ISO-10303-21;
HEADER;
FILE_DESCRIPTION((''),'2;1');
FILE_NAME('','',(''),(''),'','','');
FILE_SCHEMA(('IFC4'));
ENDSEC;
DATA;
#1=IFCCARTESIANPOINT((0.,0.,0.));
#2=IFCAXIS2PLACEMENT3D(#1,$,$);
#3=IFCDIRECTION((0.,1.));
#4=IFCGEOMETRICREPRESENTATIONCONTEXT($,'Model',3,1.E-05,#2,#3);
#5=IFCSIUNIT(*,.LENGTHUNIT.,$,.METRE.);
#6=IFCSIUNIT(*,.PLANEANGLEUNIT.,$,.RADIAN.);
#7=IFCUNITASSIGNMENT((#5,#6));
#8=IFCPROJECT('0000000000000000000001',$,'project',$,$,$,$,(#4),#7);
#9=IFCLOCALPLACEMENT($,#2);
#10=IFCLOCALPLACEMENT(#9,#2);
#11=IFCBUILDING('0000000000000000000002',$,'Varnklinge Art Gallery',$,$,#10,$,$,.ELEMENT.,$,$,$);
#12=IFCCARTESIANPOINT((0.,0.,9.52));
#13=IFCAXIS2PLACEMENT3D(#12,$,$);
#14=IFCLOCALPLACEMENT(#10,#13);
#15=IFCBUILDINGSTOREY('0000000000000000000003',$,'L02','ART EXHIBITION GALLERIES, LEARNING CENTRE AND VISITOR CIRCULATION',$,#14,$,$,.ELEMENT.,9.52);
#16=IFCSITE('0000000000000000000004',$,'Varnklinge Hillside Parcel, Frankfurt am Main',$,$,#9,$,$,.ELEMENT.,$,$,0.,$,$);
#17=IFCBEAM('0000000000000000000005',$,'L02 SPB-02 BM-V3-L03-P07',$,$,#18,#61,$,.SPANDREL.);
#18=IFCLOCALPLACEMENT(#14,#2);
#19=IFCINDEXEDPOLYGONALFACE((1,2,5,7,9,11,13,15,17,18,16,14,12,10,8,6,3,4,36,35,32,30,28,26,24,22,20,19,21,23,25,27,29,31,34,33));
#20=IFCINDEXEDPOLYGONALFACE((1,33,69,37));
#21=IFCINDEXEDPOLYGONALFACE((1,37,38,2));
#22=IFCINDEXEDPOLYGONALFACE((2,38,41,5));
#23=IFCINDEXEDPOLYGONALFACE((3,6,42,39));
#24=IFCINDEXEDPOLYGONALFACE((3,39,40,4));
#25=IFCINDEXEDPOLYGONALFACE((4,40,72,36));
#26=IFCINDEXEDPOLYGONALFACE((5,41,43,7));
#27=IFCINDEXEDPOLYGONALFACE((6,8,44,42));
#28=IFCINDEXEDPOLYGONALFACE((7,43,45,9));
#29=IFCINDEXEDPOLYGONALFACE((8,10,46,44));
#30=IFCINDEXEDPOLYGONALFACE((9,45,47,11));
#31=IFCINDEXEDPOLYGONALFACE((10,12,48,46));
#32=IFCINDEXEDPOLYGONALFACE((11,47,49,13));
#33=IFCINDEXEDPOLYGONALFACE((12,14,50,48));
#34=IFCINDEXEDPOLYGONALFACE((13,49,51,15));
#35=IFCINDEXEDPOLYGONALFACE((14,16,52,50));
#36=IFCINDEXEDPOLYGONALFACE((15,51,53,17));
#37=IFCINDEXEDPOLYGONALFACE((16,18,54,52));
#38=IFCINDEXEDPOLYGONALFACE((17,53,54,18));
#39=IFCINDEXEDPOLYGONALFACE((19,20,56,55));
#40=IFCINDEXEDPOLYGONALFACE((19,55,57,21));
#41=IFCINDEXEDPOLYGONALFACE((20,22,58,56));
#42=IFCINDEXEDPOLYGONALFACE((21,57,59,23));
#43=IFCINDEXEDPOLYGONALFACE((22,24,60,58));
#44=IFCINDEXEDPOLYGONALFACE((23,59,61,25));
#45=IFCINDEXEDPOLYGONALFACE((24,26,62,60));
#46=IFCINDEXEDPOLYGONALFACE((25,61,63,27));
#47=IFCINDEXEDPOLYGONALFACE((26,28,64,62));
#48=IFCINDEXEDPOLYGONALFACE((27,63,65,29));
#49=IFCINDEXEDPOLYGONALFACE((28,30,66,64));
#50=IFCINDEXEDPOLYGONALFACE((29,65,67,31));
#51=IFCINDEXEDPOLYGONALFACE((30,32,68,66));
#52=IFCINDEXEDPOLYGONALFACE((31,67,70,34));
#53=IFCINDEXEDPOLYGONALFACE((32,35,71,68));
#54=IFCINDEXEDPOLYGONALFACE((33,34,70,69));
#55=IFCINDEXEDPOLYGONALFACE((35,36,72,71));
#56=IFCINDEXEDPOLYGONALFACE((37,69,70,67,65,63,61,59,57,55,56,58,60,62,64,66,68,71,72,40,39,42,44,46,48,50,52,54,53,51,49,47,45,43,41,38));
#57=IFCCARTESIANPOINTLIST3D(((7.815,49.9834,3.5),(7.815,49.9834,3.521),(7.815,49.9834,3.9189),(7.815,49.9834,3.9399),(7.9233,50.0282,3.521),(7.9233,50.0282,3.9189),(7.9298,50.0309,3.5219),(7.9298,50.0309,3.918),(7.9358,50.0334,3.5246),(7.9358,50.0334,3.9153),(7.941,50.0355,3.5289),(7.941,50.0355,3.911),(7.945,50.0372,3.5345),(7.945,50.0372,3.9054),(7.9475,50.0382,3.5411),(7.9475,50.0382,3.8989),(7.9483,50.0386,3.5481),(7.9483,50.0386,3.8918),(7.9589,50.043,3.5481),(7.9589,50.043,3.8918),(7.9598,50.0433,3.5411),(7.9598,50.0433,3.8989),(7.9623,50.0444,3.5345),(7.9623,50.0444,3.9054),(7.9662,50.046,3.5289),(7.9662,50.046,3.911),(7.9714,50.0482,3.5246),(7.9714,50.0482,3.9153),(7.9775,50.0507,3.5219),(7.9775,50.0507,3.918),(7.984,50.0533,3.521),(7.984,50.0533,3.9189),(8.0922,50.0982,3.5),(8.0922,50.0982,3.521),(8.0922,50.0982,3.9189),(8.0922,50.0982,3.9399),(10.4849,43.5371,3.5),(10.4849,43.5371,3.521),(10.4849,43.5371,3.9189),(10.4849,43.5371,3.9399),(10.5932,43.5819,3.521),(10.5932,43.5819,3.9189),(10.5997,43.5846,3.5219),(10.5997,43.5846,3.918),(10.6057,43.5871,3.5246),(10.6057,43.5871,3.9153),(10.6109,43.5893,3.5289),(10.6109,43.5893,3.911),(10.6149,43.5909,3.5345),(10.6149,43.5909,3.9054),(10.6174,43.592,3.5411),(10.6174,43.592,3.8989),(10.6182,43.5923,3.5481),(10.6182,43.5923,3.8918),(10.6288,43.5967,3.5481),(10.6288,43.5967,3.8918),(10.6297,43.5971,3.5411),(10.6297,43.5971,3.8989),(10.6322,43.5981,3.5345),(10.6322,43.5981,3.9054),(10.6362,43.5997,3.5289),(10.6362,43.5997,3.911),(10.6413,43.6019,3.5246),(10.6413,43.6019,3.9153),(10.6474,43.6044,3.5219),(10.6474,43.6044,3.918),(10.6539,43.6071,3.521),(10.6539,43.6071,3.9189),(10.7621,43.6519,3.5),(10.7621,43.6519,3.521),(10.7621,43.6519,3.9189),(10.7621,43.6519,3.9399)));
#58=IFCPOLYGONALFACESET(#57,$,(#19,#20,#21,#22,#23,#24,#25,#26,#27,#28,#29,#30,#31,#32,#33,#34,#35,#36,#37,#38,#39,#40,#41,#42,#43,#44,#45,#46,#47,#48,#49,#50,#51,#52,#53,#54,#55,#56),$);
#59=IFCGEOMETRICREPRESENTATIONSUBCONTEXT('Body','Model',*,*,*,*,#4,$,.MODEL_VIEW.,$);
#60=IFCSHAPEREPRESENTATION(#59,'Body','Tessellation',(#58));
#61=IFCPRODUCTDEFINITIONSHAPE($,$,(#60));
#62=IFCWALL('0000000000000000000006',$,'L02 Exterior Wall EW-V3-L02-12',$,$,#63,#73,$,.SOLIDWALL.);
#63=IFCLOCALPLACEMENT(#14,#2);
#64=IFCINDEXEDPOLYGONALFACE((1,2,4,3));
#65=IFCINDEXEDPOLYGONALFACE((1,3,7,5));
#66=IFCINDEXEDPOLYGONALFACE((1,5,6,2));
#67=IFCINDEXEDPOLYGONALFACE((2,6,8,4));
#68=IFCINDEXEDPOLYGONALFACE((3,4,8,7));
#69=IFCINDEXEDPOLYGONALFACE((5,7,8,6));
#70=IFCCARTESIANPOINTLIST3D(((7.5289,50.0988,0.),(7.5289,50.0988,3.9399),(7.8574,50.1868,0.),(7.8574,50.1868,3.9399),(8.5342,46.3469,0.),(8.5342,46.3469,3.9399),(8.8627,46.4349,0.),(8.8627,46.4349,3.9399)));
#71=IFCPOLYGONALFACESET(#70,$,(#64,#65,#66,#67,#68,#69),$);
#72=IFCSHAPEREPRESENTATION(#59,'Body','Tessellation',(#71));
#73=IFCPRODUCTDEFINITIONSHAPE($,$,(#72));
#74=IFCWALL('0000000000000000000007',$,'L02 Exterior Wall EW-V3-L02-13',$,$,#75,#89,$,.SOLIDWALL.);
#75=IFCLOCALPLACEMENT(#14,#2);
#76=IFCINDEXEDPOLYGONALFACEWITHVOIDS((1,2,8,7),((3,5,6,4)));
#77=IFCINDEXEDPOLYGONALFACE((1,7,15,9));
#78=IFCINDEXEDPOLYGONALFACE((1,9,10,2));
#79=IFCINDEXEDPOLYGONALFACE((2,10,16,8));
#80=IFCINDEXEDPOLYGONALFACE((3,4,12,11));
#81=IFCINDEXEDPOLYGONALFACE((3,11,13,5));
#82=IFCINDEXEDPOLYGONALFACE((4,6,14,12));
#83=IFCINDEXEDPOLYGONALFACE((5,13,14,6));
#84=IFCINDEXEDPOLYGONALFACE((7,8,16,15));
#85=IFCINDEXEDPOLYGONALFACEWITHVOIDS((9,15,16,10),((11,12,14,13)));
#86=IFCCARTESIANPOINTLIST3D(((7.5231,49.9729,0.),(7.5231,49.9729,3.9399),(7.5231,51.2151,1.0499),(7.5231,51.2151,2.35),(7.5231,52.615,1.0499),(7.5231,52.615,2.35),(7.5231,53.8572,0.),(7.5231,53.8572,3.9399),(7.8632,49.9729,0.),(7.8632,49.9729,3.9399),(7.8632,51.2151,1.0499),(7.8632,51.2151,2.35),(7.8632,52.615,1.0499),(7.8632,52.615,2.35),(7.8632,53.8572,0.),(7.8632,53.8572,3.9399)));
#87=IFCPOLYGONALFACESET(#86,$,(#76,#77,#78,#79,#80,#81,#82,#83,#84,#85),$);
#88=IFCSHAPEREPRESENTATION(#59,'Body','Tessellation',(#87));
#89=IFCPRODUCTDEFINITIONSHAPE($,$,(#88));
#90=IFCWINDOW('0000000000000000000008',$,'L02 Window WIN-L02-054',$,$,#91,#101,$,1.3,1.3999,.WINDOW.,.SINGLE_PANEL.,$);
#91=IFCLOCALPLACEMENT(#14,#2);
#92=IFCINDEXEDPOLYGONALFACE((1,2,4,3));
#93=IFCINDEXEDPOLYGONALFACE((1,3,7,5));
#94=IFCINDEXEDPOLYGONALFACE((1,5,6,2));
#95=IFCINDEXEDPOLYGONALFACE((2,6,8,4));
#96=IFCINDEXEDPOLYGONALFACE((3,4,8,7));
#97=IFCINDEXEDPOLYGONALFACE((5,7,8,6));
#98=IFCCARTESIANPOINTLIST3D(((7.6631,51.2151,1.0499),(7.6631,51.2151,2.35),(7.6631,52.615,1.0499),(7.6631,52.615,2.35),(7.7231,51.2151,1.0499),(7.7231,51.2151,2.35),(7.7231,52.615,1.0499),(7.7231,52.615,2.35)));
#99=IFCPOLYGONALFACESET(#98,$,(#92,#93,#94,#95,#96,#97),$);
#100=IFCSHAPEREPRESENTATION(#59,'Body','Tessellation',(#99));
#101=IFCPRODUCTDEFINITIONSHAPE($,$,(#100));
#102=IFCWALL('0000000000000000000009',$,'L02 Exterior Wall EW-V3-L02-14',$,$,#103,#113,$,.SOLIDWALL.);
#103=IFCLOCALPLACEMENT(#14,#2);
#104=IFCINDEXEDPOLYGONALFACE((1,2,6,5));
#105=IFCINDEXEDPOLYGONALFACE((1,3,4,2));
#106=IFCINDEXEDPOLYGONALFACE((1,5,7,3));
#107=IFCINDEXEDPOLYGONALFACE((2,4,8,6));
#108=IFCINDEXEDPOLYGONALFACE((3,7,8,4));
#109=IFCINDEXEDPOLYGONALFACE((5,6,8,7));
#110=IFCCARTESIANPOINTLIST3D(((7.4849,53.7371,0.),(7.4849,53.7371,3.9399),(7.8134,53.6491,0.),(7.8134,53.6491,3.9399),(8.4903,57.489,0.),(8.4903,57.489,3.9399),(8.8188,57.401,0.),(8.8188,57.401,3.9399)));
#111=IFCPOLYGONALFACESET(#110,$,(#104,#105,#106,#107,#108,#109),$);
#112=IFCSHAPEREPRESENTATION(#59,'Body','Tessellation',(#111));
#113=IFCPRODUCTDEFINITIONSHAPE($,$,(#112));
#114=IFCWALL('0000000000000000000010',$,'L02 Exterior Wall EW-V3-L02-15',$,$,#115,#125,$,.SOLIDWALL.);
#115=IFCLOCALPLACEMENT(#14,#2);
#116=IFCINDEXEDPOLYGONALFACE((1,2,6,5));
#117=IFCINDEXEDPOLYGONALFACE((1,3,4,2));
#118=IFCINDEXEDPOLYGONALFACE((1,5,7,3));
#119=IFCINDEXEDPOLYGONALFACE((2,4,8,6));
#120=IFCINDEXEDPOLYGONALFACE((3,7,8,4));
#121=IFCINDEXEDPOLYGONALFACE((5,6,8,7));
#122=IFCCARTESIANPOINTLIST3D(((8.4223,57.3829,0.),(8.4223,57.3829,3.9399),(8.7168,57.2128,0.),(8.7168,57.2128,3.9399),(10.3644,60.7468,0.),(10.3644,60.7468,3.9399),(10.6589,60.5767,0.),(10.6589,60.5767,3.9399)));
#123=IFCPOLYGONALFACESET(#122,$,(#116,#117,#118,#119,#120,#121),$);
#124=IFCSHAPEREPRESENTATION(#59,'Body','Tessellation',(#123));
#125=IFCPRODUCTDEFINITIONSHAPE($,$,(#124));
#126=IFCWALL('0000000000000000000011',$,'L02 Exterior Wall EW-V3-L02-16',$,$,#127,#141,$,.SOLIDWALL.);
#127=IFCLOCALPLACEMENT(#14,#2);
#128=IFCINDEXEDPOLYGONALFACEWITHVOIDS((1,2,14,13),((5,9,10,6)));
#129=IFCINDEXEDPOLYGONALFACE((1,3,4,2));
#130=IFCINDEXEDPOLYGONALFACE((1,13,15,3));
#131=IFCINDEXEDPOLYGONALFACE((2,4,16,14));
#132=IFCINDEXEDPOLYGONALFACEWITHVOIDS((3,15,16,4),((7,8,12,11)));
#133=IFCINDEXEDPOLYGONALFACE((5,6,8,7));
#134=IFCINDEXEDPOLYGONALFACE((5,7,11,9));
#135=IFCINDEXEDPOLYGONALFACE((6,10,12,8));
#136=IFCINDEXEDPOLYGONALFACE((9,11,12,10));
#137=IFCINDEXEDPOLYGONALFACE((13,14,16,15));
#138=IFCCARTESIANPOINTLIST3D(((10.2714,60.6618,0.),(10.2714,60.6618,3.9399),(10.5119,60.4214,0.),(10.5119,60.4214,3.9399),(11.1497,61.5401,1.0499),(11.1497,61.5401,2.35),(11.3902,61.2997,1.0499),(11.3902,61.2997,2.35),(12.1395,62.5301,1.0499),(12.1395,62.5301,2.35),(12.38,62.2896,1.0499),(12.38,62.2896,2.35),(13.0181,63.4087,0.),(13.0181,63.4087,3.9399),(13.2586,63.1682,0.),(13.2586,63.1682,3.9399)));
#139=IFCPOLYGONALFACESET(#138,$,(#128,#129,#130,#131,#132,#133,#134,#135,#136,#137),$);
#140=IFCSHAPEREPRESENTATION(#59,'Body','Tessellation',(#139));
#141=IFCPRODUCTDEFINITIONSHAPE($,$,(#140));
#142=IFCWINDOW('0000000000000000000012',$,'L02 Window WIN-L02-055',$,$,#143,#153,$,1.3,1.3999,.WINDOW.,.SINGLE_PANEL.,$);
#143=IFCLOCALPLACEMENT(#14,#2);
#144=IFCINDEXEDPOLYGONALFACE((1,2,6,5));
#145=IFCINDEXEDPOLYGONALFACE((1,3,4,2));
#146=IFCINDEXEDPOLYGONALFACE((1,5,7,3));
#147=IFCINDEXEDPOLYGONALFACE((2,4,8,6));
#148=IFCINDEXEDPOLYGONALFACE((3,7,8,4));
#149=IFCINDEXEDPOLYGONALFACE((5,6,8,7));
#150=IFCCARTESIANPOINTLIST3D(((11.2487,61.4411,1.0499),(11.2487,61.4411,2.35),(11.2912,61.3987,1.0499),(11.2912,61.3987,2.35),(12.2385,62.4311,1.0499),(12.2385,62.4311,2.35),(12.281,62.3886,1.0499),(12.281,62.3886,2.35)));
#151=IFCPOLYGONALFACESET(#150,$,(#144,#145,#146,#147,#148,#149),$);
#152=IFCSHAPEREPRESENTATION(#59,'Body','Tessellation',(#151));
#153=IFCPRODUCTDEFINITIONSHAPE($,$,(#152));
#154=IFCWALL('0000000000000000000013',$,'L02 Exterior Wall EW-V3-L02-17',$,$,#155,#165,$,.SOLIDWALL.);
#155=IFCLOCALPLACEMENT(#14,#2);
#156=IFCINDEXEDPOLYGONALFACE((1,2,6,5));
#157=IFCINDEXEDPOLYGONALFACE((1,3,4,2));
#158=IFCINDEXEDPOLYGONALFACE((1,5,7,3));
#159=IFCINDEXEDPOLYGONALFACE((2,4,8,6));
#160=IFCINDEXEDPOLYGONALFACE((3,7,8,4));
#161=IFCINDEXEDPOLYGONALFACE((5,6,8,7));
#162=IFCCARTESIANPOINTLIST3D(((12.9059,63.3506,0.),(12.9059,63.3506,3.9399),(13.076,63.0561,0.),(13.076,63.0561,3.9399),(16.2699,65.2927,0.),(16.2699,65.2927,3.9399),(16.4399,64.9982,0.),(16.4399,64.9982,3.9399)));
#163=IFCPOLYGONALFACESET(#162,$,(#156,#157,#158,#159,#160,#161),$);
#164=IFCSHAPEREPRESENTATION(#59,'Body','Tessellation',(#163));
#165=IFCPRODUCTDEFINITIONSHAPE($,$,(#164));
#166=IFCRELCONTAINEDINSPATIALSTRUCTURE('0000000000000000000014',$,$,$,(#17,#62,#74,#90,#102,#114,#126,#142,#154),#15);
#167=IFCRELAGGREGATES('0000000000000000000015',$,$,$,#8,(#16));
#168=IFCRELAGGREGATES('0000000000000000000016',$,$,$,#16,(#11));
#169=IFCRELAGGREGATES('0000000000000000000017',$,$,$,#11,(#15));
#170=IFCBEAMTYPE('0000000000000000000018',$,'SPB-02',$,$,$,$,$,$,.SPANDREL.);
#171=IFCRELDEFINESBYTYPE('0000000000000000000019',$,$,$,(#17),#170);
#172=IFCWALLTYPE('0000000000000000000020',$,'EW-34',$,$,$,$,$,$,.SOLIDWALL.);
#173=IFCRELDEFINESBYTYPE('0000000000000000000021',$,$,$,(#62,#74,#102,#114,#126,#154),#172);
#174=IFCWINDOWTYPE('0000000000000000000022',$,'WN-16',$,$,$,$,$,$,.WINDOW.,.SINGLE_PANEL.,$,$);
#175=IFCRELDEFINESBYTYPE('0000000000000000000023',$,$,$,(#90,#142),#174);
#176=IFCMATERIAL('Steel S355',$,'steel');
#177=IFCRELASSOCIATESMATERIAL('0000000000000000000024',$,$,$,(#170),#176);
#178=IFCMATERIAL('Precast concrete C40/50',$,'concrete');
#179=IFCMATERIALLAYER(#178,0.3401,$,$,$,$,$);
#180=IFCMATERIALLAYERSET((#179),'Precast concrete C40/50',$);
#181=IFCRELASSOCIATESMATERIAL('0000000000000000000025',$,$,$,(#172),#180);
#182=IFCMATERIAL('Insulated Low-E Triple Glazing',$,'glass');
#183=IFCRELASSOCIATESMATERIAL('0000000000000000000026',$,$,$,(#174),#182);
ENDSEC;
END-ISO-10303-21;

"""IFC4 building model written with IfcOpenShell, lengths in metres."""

from ifc_helpers import new_model, si_unit, direction, frame, frame_2d, origin, origin_2d, place, context, subcontext, project, spatial, rectangle, i_section, extrude, material, layer, layer_set, material_profile, profile_set, type_object, element, fill, save


model = new_model("IFC4")

# Units and contexts
model_context = context("Model", 3, precision=1e-05, world=origin(), true_north=direction((0.0, 1.0)))
body_context = subcontext(model_context, "Body", "Model", "MODEL_VIEW")
ifc_project = project(units=[si_unit("LENGTHUNIT", "METRE"), si_unit("PLANEANGLEUNIT", "RADIAN")], contexts=[model_context])

# Site, building, storey
site_placement = place(None, origin())
site = spatial("IfcSite", under=ifc_project, at=site_placement, Name="Varnklinge Hillside Parcel, Frankfurt am Main", CompositionType="ELEMENT", RefElevation=0.0)
building_placement = place(site_placement, origin())
building = spatial("IfcBuilding", under=site, at=building_placement, Name="Varnklinge Art Gallery", CompositionType="ELEMENT")
storey_placement = place(building_placement, frame((0.0, 0.0, 9.52)))
storey = spatial("IfcBuildingStorey", under=building, at=storey_placement, Name="L02", Description="ART EXHIBITION GALLERIES, LEARNING CENTRE AND VISITOR CIRCULATION", CompositionType="ELEMENT", Elevation=9.52)

# Beam
ifc_material_1 = material(Name="Steel S355", Category="steel")
ifc_material_profile_1 = material_profile(ifc_material_1, i_section(OverallWidth=0.3, OverallDepth=0.4399, WebThickness=0.0115, FlangeThickness=0.021, FilletRadius=0.0271, at=origin_2d()), Name="HEA 450")
ifc_profile_set_1 = profile_set([ifc_material_profile_1], Name="Steel S355")
beam_type_1 = type_object("IfcBeamType", Name="SPB-02", PredefinedType="SPANDREL", material=ifc_profile_set_1)
beam_1_placement = place(storey_placement, frame((7.9536, 50.0408, 3.72), z_axis=(0.382657, -0.923891, 0.0), x_axis=(0.923891, 0.382657, 0.0)))
element("IfcBeam", 1, at=beam_1_placement, inside=storey, type_object=beam_type_1, Name="L02 SPB-02 BM-V3-L03-P07", PredefinedType="SPANDREL", context=body_context, shape_type="SweptSolid", body=[
    extrude(i_section(OverallWidth=0.3, OverallDepth=0.4399, WebThickness=0.0115, FlangeThickness=0.021, FilletRadius=0.0271, at=origin_2d()), origin(), (0.0, 0.0, 1.0), 6.9773),
])

# Wall
ifc_material_2 = material(Name="Precast concrete C40/50", Category="concrete")
ifc_layer_1 = layer(ifc_material_2, 0.3401)
ifc_layer_set_1 = layer_set([ifc_layer_1], Name="Precast concrete C40/50")
wall_type_1 = type_object("IfcWallType", Name="EW-34", PredefinedType="SOLIDWALL", material=ifc_layer_set_1)
wall_1_placement = place(storey_placement, frame((8.6985, 46.3909, 0.0), z_axis=(0.0, 0.0, 1.0), x_axis=(-0.258828, 0.965923, 0.0)))
element("IfcWall", 2, at=wall_1_placement, inside=storey, type_object=wall_type_1, Name="L02 Exterior Wall EW-V3-L02-12", PredefinedType="SOLIDWALL", context=body_context, shape_type="SweptSolid", body=[
    extrude(rectangle(XDim=3.8843, YDim=0.3401, at=frame_2d((1.9421, 0.0))), origin(), (0.0, 0.0, 1.0), 3.9399),
])

# Wall, opening, window
wall_2_placement = place(storey_placement, frame((7.6931, 49.9729, 0.0), z_axis=(0.0, 0.0, 1.0), x_axis=(0.0, 1.0, 0.0)))
wall_2 = element("IfcWall", 3, at=wall_2_placement, inside=storey, type_object=wall_type_1, Name="L02 Exterior Wall EW-V3-L02-13", PredefinedType="SOLIDWALL", context=body_context, shape_type="SweptSolid", body=[
    extrude(rectangle(XDim=3.8843, YDim=0.3401, at=frame_2d((1.9421, 0.0))), origin(), (0.0, 0.0, 1.0), 3.9399),
])
opening_1_placement = place(wall_2_placement, frame((1.2422, 0.0, 1.05)))
opening_1 = element("IfcOpeningElement", 4, at=opening_1_placement, cuts=wall_2, PredefinedType="OPENING", context=body_context, shape_type="SweptSolid", body=[
    extrude(rectangle(XDim=1.3999, YDim=1.3, at=frame_2d((0.7, 0.6499))), frame((0.0, 0.1799, 0.0), z_axis=(0.0, -1.0, 0.0), x_axis=(1.0, 0.0, 0.0)), (0.0, 0.0, 1.0), 0.3601),
])
ifc_material_3 = material(Name="Insulated Low-E Triple Glazing", Category="glass")
window_type = type_object("IfcWindowType", Name="WN-16", PartitioningType="SINGLE_PANEL", PredefinedType="WINDOW", material=ifc_material_3)
window_1_placement = place(opening_1_placement, origin())
window_1 = element("IfcWindow", 5, at=window_1_placement, inside=storey, type_object=window_type, Name="L02 Window WIN-L02-054", OverallHeight=1.3, OverallWidth=1.3999, PartitioningType="SINGLE_PANEL", PredefinedType="WINDOW", context=body_context, shape_type="SweptSolid", body=[
    extrude(rectangle(XDim=1.3999, YDim=1.3, at=frame_2d((0.7, 0.6499))), frame((0.0, 0.03, 0.0), z_axis=(0.0, -1.0, 0.0), x_axis=(1.0, 0.0, 0.0)), (0.0, 0.0, 1.0), 0.0601),
])
fill(opening_1, window_1)

# Walls
for number, where, z_axis, x_axis, name in (
    (6, (7.6492, 53.6931, 0.0), (0.0, 0.0, 1.0), (0.258828, 0.965923, 0.0), "L02 Exterior Wall EW-V3-L02-14"),
    (7, (8.5696, 57.2979, 0.0), (0.0, 0.0, 1.0), (0.499985, 0.866034, 0.0), "L02 Exterior Wall EW-V3-L02-15"),
):
    element("IfcWall", number, at=place(storey_placement, frame(where, z_axis=z_axis, x_axis=x_axis)), inside=storey, type_object=wall_type_1, Name=name, PredefinedType="SOLIDWALL", context=body_context, shape_type="SweptSolid", body=[
        extrude(rectangle(XDim=3.8843, YDim=0.3401, at=frame_2d((1.9421, 0.0))), origin(), (0.0, 0.0, 1.0), 3.9399),
    ])

# Wall, opening, window
wall_3_placement = place(storey_placement, frame((10.3916, 60.5415, 0.0), z_axis=(0.0, 0.0, 1.0), x_axis=(0.707075, 0.707138, 0.0)))
wall_3 = element("IfcWall", 8, at=wall_3_placement, inside=storey, type_object=wall_type_1, Name="L02 Exterior Wall EW-V3-L02-16", PredefinedType="SOLIDWALL", context=body_context, shape_type="SweptSolid", body=[
    extrude(rectangle(XDim=3.8845, YDim=0.3401, at=frame_2d((1.9424, 0.0))), origin(), (0.0, 0.0, 1.0), 3.9399),
])
opening_2_placement = place(wall_3_placement, frame((1.2422, 0.0, 1.05)))
opening_2 = element("IfcOpeningElement", 9, at=opening_2_placement, cuts=wall_3, PredefinedType="OPENING", context=body_context, shape_type="SweptSolid", body=[
    extrude(rectangle(XDim=1.3999, YDim=1.3, at=frame_2d((0.7, 0.6499))), frame((0.0, 0.1799, 0.0), z_axis=(0.0, -1.0, 0.0), x_axis=(1.0, 0.0, 0.0)), (0.0, 0.0, 1.0), 0.3601),
])
window_2_placement = place(opening_2_placement, origin())
window_2 = element("IfcWindow", 10, at=window_2_placement, inside=storey, type_object=window_type, Name="L02 Window WIN-L02-055", OverallHeight=1.3, OverallWidth=1.3999, PartitioningType="SINGLE_PANEL", PredefinedType="WINDOW", context=body_context, shape_type="SweptSolid", body=[
    extrude(rectangle(XDim=1.3999, YDim=1.3, at=frame_2d((0.7, 0.6499))), frame((0.0, 0.03, 0.0), z_axis=(0.0, -1.0, 0.0), x_axis=(1.0, 0.0, 0.0)), (0.0, 0.0, 1.0), 0.0601),
])
fill(opening_2, window_2)

# Wall
wall_4_placement = place(storey_placement, frame((12.991, 63.2034, 0.0), z_axis=(0.0, 0.0, 1.0), x_axis=(0.866034, 0.499985, 0.0)))
element("IfcWall", 11, at=wall_4_placement, inside=storey, type_object=wall_type_1, Name="L02 Exterior Wall EW-V3-L02-17", PredefinedType="SOLIDWALL", context=body_context, shape_type="SweptSolid", body=[
    extrude(rectangle(XDim=3.8843, YDim=0.3401, at=frame_2d((1.9421, 0.0))), origin(), (0.0, 0.0, 1.0), 3.9399),
])

save(model, "model.ifc")
